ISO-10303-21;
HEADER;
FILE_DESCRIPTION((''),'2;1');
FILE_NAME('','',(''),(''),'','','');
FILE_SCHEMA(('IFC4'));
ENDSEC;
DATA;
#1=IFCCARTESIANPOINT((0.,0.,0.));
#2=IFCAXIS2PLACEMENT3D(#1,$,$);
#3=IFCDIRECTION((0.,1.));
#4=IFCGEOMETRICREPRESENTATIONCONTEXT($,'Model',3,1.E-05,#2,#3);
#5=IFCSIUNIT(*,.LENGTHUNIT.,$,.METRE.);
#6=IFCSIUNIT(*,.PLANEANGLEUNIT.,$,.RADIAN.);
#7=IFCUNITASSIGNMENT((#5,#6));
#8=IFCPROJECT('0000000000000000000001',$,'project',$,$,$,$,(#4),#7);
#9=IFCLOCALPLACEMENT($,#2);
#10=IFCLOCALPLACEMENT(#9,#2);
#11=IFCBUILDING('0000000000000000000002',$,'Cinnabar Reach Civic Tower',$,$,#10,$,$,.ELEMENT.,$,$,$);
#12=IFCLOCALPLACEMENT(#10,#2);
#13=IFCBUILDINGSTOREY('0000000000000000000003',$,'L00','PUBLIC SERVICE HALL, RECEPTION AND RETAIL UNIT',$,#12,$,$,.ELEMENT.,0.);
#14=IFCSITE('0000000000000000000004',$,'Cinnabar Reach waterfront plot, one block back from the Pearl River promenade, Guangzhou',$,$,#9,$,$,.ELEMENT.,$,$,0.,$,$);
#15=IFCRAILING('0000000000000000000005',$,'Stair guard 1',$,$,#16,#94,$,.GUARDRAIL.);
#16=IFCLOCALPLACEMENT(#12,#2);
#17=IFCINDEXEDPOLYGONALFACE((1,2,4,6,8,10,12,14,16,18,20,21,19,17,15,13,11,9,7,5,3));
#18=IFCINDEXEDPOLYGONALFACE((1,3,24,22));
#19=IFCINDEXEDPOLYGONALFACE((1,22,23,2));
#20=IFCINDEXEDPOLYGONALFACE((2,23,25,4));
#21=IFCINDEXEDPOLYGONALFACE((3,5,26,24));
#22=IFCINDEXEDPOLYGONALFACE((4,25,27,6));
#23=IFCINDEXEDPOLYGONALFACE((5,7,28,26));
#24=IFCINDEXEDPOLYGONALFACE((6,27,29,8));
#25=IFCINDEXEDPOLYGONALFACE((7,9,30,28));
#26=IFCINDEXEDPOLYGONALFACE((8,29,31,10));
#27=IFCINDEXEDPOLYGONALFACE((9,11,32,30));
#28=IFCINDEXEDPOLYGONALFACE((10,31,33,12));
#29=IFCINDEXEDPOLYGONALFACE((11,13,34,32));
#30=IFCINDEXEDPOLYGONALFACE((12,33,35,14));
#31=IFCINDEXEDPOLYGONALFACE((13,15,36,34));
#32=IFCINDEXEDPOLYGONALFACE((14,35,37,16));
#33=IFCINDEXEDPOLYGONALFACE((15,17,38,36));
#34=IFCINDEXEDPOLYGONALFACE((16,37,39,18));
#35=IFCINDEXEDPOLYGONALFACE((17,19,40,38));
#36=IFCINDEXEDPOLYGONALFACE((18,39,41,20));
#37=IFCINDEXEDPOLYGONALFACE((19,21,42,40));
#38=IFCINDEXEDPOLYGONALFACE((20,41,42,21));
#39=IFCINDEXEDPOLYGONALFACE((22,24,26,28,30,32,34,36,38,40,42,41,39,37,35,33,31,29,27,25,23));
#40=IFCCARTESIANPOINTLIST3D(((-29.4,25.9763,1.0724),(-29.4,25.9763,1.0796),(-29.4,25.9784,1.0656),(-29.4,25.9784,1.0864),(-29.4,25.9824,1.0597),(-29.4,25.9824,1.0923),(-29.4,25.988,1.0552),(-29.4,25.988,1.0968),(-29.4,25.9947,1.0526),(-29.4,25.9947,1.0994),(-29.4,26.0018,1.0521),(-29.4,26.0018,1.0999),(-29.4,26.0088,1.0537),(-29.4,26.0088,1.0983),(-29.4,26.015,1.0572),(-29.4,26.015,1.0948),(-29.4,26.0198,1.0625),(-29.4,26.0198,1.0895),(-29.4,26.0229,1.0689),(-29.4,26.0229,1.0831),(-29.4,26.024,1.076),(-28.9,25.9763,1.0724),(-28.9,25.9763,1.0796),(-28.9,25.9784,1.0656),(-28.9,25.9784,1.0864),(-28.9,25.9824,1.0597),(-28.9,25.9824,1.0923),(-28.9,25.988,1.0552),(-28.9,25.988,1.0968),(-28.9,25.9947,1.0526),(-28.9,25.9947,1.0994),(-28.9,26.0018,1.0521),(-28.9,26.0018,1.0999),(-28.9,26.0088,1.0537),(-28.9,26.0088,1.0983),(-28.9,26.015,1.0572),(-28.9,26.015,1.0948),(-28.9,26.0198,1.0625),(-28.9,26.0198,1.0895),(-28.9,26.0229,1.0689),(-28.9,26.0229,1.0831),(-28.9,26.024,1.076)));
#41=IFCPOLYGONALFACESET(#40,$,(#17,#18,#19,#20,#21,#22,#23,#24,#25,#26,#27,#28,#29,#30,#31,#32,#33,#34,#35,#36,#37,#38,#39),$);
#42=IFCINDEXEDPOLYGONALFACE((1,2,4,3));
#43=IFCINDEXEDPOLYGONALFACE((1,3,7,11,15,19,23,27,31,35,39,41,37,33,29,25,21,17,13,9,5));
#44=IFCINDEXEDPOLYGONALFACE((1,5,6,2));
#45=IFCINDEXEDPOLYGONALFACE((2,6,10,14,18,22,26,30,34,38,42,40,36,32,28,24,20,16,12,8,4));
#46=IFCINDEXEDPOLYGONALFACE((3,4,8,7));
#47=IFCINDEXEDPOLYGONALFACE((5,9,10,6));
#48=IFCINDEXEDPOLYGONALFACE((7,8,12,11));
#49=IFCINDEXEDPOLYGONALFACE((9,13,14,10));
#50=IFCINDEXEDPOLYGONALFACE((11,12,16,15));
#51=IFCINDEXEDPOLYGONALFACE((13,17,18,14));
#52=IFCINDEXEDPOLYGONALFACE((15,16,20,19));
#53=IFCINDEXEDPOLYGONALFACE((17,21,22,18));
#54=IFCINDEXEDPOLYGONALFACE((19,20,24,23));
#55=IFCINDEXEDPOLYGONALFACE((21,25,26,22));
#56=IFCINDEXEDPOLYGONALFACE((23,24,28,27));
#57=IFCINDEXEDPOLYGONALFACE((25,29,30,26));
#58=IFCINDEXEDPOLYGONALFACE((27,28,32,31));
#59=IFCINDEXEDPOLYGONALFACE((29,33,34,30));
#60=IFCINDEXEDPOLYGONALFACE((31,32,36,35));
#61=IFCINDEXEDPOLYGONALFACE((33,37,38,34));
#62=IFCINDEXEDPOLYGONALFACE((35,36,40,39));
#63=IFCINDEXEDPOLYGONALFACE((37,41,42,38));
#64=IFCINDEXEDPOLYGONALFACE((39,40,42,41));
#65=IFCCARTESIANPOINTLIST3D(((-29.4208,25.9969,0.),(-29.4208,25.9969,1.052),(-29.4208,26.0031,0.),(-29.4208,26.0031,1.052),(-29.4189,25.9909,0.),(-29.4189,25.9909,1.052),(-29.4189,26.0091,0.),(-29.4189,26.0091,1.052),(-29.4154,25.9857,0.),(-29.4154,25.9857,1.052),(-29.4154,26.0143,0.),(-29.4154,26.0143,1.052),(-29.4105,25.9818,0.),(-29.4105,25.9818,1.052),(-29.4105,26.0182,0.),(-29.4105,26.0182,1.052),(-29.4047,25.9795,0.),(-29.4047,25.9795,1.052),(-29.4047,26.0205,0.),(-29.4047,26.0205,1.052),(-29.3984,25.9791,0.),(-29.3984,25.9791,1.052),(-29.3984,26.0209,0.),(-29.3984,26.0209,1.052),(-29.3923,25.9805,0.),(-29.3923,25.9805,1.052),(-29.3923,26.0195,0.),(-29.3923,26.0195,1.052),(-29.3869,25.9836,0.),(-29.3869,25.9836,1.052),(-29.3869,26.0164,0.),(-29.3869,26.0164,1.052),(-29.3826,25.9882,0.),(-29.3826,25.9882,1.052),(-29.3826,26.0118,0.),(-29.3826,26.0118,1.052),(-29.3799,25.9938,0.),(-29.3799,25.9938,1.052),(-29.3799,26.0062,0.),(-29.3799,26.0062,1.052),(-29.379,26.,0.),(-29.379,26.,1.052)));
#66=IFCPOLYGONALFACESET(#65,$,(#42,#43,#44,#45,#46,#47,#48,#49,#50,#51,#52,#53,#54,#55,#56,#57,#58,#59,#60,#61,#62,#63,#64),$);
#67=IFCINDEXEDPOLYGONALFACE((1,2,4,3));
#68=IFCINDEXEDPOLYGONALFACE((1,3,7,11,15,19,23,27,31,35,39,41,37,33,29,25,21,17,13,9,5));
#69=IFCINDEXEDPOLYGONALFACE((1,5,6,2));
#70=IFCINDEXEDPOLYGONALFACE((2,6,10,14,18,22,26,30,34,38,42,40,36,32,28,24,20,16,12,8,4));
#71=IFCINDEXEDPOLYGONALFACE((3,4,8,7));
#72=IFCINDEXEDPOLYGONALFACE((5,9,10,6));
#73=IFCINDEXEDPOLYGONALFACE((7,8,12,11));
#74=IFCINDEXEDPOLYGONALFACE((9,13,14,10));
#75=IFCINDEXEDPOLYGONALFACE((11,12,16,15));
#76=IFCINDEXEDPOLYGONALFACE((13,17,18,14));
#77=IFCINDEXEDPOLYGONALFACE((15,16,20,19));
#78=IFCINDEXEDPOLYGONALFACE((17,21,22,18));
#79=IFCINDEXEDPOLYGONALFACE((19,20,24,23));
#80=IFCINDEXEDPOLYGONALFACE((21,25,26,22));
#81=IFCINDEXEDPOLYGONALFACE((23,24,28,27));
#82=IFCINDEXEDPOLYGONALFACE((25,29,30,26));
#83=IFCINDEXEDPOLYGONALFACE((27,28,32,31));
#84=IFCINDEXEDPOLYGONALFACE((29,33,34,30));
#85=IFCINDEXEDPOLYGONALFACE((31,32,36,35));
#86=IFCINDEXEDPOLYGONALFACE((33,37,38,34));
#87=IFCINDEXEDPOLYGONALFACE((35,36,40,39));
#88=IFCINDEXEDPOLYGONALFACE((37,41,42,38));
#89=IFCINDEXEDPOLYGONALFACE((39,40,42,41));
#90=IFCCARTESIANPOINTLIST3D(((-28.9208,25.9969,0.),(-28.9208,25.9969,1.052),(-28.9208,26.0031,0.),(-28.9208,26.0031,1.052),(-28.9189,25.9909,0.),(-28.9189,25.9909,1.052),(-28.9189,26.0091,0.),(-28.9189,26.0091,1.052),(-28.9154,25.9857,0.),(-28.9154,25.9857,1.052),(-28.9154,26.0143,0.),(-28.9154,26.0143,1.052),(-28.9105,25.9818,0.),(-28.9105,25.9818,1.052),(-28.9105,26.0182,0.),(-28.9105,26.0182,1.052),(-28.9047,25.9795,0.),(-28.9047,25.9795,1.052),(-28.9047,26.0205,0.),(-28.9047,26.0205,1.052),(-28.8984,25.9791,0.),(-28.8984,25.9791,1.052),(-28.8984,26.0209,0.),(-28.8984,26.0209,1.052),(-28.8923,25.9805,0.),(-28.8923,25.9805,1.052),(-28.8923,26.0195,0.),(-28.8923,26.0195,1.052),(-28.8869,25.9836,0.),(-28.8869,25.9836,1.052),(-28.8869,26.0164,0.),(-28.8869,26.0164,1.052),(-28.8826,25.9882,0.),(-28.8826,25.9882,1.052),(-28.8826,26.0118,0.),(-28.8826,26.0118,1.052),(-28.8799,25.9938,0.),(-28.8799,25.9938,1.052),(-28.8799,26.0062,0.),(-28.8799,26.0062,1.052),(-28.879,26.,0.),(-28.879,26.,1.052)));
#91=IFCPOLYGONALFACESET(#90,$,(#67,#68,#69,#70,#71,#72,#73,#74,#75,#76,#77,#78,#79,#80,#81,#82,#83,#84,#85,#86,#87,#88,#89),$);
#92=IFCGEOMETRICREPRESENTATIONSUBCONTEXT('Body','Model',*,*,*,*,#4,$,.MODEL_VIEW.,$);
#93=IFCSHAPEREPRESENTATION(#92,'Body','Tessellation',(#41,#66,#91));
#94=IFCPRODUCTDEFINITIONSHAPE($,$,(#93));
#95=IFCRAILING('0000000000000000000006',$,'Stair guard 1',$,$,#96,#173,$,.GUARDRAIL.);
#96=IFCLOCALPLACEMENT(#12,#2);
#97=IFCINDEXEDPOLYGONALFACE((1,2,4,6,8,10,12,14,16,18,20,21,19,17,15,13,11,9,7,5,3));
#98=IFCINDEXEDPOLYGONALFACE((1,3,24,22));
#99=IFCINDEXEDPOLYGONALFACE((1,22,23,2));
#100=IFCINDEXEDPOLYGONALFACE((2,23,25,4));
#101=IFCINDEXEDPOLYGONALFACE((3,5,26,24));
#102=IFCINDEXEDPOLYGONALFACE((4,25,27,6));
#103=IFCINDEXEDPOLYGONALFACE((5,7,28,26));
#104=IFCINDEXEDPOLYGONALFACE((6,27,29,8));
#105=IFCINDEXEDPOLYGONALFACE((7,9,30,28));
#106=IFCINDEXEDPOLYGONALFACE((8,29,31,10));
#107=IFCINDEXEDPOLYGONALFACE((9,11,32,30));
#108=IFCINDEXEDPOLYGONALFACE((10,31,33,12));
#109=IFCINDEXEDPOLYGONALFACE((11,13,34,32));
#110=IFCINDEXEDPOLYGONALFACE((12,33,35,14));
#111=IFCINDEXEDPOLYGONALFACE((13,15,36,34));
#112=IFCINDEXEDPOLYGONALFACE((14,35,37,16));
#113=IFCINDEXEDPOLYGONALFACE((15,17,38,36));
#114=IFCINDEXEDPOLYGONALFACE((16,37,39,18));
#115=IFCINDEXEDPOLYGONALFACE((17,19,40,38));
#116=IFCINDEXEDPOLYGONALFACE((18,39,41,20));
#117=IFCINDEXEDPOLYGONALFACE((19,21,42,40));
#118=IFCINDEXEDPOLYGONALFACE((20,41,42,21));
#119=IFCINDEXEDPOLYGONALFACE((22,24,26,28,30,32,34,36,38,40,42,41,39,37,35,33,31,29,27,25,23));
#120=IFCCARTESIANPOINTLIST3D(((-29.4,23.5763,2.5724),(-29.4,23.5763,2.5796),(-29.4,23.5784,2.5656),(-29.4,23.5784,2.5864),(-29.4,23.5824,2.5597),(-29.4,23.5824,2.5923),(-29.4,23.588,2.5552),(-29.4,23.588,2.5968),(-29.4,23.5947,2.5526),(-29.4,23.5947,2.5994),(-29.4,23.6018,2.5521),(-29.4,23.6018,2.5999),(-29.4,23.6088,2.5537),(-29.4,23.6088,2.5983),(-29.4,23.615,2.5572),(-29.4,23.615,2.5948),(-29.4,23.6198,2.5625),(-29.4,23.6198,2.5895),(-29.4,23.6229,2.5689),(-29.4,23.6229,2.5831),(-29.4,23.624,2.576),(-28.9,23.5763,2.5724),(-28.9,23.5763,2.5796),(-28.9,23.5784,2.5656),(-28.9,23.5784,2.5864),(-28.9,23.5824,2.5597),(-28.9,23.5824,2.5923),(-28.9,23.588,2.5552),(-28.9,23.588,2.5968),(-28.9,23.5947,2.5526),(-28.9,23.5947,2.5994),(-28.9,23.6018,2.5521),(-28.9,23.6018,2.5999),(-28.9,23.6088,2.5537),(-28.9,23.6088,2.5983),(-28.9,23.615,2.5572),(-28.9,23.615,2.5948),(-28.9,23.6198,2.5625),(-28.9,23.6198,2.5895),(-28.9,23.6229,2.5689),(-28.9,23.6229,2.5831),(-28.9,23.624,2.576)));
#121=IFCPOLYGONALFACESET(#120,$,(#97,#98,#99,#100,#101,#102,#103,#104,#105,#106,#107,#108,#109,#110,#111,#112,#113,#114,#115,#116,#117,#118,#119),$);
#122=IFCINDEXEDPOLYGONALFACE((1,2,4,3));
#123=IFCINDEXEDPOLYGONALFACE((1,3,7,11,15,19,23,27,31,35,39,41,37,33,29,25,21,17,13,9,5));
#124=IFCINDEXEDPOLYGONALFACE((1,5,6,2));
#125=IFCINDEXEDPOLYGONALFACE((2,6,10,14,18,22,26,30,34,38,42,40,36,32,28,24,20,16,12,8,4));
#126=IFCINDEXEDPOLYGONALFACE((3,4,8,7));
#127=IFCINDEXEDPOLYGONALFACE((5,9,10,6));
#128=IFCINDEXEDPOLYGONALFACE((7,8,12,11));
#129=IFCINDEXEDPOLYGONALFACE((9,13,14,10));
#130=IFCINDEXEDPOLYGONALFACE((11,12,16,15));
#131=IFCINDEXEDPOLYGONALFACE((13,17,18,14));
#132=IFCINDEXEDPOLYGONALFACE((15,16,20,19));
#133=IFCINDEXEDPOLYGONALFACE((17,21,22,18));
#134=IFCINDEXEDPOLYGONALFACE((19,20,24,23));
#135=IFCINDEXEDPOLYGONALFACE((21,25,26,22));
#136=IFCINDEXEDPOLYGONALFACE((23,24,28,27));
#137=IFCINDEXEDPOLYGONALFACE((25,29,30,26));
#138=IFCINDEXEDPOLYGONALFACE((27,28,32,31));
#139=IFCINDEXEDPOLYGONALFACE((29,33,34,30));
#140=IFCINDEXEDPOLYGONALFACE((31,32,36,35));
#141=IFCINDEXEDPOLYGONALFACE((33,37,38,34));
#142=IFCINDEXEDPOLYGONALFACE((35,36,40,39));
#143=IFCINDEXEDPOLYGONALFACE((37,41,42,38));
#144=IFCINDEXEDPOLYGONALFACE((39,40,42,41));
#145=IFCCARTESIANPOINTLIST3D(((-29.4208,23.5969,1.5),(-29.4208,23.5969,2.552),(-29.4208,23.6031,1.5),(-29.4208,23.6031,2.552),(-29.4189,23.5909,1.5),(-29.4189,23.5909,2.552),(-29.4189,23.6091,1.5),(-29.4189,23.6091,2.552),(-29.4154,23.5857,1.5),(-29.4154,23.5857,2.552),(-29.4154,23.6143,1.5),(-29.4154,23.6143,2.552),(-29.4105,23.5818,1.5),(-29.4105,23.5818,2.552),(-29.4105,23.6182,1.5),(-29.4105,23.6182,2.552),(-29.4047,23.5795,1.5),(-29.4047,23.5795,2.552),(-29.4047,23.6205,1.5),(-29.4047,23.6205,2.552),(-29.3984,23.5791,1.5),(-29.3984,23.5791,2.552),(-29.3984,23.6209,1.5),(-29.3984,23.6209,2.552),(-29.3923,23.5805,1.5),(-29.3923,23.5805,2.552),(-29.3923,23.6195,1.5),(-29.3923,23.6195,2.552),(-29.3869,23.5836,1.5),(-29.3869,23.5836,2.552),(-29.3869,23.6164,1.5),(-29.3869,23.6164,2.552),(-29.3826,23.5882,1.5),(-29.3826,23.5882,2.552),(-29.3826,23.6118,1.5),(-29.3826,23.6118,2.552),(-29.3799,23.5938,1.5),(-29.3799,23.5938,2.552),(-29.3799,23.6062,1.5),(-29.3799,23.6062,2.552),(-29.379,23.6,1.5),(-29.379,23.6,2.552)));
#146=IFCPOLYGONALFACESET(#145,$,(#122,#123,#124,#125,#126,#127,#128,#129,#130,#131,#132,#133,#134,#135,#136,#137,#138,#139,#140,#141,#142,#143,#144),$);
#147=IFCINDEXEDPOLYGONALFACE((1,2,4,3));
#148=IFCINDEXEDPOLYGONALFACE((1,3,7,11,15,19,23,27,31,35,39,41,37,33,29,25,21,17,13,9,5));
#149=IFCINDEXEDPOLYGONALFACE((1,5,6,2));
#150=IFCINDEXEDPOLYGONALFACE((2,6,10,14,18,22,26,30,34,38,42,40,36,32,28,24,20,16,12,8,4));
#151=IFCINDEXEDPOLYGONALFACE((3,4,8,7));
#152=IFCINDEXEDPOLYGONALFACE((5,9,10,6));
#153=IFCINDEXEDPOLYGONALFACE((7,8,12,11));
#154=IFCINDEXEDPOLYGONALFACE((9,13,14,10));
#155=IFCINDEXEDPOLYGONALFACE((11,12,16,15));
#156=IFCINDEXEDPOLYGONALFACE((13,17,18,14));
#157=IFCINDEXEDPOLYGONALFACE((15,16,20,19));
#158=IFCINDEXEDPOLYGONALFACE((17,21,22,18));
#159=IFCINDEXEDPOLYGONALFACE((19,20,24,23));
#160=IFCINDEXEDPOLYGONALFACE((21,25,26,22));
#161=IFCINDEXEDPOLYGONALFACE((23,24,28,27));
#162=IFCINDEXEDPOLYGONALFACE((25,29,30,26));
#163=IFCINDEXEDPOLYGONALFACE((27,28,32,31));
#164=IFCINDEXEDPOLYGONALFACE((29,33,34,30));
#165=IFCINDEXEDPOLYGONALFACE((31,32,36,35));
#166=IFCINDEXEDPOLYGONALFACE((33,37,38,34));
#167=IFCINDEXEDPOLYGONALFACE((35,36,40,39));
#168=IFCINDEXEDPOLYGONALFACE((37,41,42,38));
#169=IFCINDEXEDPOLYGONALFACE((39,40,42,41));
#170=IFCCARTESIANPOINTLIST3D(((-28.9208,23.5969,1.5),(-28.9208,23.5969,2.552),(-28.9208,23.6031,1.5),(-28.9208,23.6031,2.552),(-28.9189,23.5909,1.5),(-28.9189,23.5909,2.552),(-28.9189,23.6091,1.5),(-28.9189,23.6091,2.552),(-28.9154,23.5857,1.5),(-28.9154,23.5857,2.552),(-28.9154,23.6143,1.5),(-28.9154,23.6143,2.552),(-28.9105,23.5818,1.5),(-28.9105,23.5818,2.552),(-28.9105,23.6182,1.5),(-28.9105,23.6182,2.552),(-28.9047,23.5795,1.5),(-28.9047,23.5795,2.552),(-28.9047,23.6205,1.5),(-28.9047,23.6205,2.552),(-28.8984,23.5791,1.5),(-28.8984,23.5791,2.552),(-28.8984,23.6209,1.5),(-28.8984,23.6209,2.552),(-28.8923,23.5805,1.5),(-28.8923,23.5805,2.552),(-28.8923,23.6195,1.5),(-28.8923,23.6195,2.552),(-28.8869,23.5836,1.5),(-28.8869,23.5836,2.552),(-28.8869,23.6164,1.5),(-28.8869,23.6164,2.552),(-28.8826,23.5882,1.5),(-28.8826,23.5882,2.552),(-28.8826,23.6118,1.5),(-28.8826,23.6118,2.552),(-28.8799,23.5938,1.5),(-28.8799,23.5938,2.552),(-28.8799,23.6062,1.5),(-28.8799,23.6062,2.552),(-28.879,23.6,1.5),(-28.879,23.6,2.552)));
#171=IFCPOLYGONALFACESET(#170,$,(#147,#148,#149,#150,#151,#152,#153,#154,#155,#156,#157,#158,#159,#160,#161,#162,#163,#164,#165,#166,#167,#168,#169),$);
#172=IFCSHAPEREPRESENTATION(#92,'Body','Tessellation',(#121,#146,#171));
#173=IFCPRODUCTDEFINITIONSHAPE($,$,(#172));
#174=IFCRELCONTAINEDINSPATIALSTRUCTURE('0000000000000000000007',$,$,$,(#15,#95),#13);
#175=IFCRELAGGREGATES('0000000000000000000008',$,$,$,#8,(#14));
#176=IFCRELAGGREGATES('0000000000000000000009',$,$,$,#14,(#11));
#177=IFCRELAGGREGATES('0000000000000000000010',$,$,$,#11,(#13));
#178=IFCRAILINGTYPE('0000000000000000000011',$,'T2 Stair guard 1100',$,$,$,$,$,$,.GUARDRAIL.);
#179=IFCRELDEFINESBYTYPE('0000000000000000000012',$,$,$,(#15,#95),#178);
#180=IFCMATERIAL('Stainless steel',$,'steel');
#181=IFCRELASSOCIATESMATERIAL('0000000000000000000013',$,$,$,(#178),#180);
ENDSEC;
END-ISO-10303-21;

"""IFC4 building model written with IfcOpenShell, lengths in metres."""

from ifc_helpers import new_model, si_unit, direction, frame, origin, origin_2d, place, context, subcontext, project, spatial, circle, extrude, material, type_object, element, save


model = new_model("IFC4")

# Units and contexts
model_context = context("Model", 3, precision=1e-05, world=origin(), true_north=direction((0.0, 1.0)))
body_context = subcontext(model_context, "Body", "Model", "MODEL_VIEW")
ifc_project = project(units=[si_unit("LENGTHUNIT", "METRE"), si_unit("PLANEANGLEUNIT", "RADIAN")], contexts=[model_context])

# Site, building, storey
site_placement = place(None, origin())
site = spatial("IfcSite", under=ifc_project, at=site_placement, Name="Cinnabar Reach waterfront plot, one block back from the Pearl River promenade, Guangzhou", CompositionType="ELEMENT", RefElevation=0.0)
building_placement = place(site_placement, origin())
building = spatial("IfcBuilding", under=site, at=building_placement, Name="Cinnabar Reach Civic Tower", CompositionType="ELEMENT")
storey_placement = place(building_placement, origin())
storey = spatial("IfcBuildingStorey", under=building, at=storey_placement, Name="L00", Description="PUBLIC SERVICE HALL, RECEPTION AND RETAIL UNIT", CompositionType="ELEMENT", Elevation=0.0)

# Railings
ifc_material_1 = material(Name="Stainless steel", Category="steel")
railing_type = type_object("IfcRailingType", Name="T2 Stair guard 1100", PredefinedType="GUARDRAIL", material=ifc_material_1)
for number, where, name in (
    (1, (-29.4, 26.0, 0.0), "Stair guard 1"),
    (2, (-29.4, 23.6, 1.5), "Stair guard 1"),
):
    element("IfcRailing", number, at=place(storey_placement, frame(where)), inside=storey, type_object=railing_type, Name=name, PredefinedType="GUARDRAIL", context=body_context, shape_type="SweptSolid", body=[
        extrude(circle(Radius=0.024, at=origin_2d()), frame((0.0, 0.0, 1.076), z_axis=(1.0, 0.0, 0.0), x_axis=(0.0, 1.0, 0.0)), (0.0, 0.0, 1.0), 0.5),
        extrude(circle(Radius=0.021, at=origin_2d()), origin(), (0.0, 0.0, 1.0), 1.052),
        extrude(circle(Radius=0.021, at=origin_2d()), frame((0.5, 0.0, 0.0)), (0.0, 0.0, 1.0), 1.052),
    ])

save(model, "model.ifc")
